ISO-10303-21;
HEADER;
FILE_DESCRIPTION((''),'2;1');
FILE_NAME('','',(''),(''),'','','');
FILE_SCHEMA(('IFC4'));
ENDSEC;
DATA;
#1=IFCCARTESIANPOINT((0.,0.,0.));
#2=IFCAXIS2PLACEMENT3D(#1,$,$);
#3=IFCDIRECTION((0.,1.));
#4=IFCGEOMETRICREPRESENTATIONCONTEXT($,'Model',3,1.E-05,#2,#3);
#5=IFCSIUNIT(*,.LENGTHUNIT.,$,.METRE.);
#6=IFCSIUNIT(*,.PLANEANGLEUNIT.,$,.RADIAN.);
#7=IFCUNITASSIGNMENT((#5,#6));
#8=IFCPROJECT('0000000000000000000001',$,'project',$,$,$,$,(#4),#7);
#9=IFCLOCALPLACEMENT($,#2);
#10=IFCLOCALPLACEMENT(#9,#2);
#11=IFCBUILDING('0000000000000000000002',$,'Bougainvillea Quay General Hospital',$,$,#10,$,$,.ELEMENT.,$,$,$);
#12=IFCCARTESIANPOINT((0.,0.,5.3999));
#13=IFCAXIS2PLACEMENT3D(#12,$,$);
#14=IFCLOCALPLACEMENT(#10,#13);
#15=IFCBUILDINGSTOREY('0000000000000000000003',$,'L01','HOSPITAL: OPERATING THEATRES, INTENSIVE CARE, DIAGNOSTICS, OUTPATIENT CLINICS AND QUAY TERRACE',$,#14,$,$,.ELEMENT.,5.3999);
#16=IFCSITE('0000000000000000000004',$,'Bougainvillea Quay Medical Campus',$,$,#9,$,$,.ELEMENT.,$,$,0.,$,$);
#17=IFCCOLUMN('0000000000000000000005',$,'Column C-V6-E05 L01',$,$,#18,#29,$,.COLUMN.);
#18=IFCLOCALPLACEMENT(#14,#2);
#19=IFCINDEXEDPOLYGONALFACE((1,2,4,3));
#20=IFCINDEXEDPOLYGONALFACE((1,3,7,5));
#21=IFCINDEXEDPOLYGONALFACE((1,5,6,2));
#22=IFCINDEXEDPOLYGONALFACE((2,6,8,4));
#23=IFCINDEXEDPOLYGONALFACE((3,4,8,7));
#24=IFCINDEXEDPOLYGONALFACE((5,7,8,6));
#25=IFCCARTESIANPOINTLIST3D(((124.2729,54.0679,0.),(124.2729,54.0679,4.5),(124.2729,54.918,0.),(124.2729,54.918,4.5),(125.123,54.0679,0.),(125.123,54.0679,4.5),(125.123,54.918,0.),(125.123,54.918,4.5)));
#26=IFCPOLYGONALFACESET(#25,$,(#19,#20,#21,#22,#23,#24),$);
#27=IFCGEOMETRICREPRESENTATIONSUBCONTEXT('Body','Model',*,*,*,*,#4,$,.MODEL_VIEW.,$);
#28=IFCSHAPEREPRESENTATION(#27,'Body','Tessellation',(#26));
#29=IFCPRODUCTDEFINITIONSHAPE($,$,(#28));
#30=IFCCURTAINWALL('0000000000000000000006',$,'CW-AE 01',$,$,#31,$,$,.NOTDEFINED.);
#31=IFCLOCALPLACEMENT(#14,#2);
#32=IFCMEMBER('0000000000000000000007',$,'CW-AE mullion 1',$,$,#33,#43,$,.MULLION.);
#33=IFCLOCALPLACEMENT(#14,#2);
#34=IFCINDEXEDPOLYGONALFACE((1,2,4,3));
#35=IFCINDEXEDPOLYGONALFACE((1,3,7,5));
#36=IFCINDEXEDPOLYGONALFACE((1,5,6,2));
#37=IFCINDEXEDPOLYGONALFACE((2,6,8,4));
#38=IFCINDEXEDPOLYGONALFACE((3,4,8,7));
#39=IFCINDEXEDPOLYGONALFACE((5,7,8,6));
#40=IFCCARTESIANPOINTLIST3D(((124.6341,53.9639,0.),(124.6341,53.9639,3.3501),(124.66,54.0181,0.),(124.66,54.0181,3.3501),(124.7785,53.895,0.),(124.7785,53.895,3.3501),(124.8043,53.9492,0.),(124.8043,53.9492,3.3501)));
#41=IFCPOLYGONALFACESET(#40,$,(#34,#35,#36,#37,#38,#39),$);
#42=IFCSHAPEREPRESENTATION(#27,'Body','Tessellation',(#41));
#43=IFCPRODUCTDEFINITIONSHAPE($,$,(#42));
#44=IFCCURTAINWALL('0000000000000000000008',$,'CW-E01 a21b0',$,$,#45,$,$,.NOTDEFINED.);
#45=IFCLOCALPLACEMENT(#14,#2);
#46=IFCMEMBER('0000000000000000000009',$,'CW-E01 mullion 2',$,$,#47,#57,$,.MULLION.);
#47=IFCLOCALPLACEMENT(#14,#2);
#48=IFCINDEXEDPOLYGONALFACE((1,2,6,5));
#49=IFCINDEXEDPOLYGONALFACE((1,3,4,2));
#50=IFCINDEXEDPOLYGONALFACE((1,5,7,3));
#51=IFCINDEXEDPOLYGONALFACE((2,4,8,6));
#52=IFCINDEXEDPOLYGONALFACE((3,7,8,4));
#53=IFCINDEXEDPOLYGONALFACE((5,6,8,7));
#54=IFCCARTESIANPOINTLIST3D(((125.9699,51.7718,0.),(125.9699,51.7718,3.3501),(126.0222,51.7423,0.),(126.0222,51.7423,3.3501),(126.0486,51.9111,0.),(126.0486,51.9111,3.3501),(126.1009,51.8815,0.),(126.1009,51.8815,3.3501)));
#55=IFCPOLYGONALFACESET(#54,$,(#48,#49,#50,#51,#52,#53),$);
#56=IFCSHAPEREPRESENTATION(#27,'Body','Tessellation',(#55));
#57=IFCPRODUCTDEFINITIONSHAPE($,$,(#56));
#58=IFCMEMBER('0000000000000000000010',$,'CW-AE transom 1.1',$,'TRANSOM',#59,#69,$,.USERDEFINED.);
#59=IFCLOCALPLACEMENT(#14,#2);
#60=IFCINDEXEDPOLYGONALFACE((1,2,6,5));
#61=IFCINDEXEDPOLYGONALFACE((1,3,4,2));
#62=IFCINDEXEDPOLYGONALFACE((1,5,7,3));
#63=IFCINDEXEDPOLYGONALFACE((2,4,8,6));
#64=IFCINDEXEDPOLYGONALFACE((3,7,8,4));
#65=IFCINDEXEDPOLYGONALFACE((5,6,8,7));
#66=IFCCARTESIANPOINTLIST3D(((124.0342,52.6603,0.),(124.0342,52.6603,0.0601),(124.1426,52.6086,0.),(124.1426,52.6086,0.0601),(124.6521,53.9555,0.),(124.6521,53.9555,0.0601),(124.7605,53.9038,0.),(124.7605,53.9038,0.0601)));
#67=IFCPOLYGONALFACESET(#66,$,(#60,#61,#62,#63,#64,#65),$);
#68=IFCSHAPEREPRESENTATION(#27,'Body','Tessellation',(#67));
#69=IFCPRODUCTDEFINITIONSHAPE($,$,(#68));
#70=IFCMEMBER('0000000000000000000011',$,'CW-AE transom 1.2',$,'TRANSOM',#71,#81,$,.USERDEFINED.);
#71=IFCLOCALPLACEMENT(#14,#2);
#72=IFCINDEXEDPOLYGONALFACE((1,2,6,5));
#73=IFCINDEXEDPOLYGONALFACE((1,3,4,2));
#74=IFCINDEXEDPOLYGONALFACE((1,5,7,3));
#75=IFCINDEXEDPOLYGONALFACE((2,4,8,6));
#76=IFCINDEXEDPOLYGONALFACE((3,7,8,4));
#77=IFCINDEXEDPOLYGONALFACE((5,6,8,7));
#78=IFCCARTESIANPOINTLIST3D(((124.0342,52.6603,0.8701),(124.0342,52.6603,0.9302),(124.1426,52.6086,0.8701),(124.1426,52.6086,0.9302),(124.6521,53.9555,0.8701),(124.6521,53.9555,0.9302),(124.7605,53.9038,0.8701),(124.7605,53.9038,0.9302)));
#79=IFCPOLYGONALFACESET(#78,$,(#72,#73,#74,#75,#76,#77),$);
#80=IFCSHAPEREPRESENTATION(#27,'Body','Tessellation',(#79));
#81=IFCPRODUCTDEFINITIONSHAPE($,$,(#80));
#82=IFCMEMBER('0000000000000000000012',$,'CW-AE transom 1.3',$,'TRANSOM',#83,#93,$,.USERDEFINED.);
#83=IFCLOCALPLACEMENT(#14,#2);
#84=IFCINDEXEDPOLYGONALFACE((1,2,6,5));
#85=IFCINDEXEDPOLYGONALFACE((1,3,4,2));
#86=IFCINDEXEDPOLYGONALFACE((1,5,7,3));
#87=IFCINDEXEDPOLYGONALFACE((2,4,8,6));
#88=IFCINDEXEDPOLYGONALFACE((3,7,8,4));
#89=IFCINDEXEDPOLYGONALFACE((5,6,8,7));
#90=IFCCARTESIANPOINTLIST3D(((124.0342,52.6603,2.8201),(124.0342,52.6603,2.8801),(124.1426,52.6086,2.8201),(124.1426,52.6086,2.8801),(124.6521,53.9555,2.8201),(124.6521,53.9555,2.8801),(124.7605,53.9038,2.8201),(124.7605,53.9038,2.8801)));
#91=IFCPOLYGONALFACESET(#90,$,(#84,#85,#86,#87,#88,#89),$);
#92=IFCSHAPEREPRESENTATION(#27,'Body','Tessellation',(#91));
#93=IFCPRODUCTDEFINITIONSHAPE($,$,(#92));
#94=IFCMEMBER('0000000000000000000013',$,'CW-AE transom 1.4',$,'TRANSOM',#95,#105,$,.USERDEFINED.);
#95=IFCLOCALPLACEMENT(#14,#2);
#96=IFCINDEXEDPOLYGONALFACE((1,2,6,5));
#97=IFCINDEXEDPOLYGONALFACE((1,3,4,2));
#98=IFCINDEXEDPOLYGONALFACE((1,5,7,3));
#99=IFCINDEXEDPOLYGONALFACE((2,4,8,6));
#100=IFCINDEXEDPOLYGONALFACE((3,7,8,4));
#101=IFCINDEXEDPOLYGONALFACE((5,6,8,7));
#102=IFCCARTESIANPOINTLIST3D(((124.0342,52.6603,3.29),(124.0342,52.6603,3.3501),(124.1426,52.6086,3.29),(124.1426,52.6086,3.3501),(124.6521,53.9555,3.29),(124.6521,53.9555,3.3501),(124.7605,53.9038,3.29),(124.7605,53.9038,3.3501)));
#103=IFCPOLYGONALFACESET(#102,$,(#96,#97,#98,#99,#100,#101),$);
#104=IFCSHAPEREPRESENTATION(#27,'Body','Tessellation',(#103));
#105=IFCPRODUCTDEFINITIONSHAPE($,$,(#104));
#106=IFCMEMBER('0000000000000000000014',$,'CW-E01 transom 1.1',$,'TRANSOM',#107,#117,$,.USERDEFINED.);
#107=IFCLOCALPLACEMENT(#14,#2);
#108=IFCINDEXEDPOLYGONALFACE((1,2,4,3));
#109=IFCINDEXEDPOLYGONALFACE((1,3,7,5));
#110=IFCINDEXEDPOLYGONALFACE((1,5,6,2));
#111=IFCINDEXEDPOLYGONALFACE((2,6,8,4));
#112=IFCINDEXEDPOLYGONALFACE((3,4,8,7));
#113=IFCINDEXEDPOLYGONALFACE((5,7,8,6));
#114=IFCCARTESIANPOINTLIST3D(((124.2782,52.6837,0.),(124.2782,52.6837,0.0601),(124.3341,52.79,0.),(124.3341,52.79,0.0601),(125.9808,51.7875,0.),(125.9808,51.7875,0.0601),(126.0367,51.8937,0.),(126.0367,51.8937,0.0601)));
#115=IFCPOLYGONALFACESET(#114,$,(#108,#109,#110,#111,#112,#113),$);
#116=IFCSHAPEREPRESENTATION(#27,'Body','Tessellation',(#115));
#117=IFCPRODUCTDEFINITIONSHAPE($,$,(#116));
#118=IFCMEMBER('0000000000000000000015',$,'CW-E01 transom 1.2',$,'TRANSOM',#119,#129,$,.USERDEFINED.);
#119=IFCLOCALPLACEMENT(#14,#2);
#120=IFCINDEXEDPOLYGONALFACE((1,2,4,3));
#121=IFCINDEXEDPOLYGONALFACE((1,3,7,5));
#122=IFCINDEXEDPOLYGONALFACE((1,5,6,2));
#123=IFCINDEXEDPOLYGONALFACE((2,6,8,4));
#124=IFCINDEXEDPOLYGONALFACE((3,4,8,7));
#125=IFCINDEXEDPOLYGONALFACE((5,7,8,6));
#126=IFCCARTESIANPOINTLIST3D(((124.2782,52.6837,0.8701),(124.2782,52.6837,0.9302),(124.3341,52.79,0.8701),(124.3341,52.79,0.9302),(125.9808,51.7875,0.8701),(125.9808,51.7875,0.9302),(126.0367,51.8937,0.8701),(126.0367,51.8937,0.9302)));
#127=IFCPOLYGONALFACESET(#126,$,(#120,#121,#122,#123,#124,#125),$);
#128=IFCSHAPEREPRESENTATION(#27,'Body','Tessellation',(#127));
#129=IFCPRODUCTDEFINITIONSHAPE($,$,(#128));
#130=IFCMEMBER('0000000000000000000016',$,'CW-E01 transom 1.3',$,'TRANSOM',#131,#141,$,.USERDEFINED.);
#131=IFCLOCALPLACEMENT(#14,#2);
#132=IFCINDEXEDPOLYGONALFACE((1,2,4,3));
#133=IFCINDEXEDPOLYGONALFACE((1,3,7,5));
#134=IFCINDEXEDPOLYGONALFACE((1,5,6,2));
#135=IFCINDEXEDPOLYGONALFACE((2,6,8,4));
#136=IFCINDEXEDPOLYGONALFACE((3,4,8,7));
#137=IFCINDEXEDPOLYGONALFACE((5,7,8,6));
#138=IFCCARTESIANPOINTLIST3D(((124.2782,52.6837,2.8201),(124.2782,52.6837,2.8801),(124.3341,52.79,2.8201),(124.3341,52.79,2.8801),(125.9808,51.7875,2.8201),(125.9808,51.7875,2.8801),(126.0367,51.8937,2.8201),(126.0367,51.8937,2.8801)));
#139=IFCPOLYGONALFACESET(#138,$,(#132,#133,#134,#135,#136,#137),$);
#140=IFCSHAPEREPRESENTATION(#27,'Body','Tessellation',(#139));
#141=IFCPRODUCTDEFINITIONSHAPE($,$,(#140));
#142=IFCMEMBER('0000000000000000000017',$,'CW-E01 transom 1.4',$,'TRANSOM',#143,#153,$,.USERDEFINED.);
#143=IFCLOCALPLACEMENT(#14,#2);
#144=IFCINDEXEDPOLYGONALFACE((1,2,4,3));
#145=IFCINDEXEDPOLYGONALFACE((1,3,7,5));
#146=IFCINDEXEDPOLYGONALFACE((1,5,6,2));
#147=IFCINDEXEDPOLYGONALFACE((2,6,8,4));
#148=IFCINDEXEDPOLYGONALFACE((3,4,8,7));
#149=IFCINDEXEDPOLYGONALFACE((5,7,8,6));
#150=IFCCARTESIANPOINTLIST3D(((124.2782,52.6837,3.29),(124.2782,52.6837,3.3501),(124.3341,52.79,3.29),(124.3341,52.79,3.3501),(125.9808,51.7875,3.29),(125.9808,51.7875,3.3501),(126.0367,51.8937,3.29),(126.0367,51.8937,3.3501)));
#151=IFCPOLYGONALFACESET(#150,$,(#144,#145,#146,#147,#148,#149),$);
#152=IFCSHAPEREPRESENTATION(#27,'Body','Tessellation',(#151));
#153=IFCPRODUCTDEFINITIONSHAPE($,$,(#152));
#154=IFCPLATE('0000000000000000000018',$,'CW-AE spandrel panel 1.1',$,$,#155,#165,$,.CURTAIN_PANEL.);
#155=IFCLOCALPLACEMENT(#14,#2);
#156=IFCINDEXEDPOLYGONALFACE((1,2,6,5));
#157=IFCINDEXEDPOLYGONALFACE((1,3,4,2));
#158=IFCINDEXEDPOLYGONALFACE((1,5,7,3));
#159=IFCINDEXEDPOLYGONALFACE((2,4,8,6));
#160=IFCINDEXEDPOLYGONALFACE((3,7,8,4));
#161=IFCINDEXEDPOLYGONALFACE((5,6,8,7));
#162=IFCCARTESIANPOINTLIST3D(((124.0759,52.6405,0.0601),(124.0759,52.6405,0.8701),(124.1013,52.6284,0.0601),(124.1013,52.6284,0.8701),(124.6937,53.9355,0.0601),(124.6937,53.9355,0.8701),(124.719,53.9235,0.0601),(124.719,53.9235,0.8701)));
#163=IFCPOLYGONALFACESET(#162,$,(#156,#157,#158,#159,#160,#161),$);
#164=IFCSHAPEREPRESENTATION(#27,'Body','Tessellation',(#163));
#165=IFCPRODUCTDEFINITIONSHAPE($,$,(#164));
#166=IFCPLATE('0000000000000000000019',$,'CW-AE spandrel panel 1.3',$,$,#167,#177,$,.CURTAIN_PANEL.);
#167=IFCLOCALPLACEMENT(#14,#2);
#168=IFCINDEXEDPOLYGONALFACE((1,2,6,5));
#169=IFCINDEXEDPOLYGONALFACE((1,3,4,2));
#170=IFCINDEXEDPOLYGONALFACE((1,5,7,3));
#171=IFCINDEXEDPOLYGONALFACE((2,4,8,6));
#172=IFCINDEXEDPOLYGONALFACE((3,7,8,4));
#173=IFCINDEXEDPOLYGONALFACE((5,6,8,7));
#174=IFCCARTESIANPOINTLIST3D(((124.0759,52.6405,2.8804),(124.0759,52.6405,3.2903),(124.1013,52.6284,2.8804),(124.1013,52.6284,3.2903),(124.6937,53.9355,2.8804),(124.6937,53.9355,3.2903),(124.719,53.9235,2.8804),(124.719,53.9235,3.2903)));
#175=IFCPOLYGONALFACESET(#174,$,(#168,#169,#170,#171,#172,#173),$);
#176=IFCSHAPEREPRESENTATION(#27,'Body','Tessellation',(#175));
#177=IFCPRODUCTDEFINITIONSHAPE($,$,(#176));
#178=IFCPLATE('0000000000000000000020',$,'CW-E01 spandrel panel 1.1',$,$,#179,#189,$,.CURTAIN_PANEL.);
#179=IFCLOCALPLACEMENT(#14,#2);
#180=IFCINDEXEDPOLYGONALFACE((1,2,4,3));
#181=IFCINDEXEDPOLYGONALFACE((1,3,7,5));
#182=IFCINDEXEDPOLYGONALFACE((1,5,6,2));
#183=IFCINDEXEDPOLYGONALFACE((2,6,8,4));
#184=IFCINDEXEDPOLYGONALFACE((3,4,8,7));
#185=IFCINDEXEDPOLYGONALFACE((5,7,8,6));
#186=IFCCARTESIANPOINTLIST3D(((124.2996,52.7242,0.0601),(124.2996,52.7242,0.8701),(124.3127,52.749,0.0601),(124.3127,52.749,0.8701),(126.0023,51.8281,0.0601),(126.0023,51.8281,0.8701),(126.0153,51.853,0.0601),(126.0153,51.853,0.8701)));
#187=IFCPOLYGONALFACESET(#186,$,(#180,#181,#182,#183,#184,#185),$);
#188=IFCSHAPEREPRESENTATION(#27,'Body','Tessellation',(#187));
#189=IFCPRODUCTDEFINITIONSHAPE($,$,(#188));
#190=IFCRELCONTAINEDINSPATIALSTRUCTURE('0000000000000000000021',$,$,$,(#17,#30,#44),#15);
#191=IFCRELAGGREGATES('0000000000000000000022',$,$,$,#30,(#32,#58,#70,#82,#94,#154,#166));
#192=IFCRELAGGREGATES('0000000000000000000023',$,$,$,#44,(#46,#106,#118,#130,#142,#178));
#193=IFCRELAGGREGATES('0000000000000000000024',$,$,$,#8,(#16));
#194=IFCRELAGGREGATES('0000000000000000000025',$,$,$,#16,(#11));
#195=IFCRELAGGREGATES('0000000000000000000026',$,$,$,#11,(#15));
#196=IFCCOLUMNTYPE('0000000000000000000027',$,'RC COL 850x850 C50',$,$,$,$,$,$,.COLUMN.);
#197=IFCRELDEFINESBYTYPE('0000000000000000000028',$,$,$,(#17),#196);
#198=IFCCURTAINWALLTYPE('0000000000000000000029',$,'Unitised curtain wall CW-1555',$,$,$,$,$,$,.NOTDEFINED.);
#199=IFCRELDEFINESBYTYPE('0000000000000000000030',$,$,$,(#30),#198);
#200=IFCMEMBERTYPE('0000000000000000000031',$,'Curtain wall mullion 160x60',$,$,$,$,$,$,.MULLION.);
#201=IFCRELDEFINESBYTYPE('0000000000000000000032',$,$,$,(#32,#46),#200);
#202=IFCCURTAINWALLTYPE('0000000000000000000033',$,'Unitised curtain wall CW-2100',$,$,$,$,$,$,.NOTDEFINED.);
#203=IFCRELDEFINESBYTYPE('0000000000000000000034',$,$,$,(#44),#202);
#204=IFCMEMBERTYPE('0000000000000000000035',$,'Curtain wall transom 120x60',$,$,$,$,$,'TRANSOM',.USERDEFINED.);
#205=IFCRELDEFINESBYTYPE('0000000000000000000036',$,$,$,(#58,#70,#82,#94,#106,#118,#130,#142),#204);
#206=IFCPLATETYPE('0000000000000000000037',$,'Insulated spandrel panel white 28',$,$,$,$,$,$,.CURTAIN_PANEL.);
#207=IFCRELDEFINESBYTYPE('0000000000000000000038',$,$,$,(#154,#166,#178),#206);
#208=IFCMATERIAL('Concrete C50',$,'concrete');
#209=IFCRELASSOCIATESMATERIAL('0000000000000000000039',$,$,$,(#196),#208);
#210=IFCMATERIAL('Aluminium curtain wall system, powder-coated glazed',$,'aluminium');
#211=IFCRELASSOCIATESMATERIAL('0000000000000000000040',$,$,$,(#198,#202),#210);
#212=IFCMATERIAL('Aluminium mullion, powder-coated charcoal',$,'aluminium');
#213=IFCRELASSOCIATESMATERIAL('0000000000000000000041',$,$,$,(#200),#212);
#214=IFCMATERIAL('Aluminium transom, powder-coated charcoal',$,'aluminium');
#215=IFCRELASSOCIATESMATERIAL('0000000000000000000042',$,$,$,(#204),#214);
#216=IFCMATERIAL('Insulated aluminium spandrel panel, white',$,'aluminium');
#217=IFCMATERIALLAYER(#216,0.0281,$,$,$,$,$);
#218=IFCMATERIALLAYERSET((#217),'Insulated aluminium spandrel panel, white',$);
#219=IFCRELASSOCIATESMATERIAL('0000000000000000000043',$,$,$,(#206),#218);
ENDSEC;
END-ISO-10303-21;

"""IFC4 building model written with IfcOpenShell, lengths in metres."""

from ifc_helpers import new_model, si_unit, direction, frame, origin, origin_2d, place, context, subcontext, project, spatial, rectangle, extrude, material, layer, layer_set, material_profile, profile_set, type_object, element, aggregate, save


model = new_model("IFC4")

# Units and contexts
model_context = context("Model", 3, precision=1e-05, world=origin(), true_north=direction((0.0, 1.0)))
body_context = subcontext(model_context, "Body", "Model", "MODEL_VIEW")
ifc_project = project(units=[si_unit("LENGTHUNIT", "METRE"), si_unit("PLANEANGLEUNIT", "RADIAN")], contexts=[model_context])

# Site, building, storey
site_placement = place(None, origin())
site = spatial("IfcSite", under=ifc_project, at=site_placement, Name="Bougainvillea Quay Medical Campus", CompositionType="ELEMENT", RefElevation=0.0)
building_placement = place(site_placement, origin())
building = spatial("IfcBuilding", under=site, at=building_placement, Name="Bougainvillea Quay General Hospital", CompositionType="ELEMENT")
storey_placement = place(building_placement, frame((0.0, 0.0, 5.3999)))
storey = spatial("IfcBuildingStorey", under=building, at=storey_placement, Name="L01", Description="HOSPITAL: OPERATING THEATRES, INTENSIVE CARE, DIAGNOSTICS, OUTPATIENT CLINICS AND QUAY TERRACE", CompositionType="ELEMENT", Elevation=5.3999)

# Column
ifc_material_1 = material(Name="Concrete C50", Category="concrete")
ifc_material_profile_1 = material_profile(ifc_material_1, rectangle(XDim=0.8501, YDim=0.8501, at=origin_2d()))
ifc_profile_set_1 = profile_set([ifc_material_profile_1], Name="Concrete C50")
column_type = type_object("IfcColumnType", Name="RC COL 850x850 C50", PredefinedType="COLUMN", material=ifc_profile_set_1)
column_placement = place(storey_placement, frame((124.698, 54.4929, 0.0), z_axis=(0.0, 0.0, 1.0), x_axis=(1.0, 0.0, 0.0)))
element("IfcColumn", 1, at=column_placement, inside=storey, type_object=column_type, Name="Column C-V6-E05 L01", PredefinedType="COLUMN", context=body_context, shape_type="SweptSolid", body=[
    extrude(rectangle(XDim=0.8501, YDim=0.8501, at=origin_2d()), origin(), (0.0, 0.0, 1.0), 4.5),
])

# Curtain walls, members
ifc_material_2 = material(Name="Aluminium curtain wall system, powder-coated glazed", Category="aluminium")
curtain_wall_type_1 = type_object("IfcCurtainWallType", Name="Unitised curtain wall CW-1555", PredefinedType="NOTDEFINED", material=ifc_material_2)
curtain_wall_1_placement = place(storey_placement, origin())
curtain_wall_1 = element("IfcCurtainWall", 2, at=curtain_wall_1_placement, inside=storey, type_object=curtain_wall_type_1, Name="CW-AE 01", PredefinedType="NOTDEFINED")
ifc_material_3 = material(Name="Aluminium mullion, powder-coated charcoal", Category="aluminium")
ifc_material_profile_2 = material_profile(ifc_material_3, rectangle(XDim=0.1599, YDim=0.0601, at=origin_2d()))
ifc_profile_set_2 = profile_set([ifc_material_profile_2], Name="Aluminium mullion, powder-coated charcoal")
member_type_1 = type_object("IfcMemberType", Name="Curtain wall mullion 160x60", PredefinedType="MULLION", material=ifc_profile_set_2)
member_1_placement = place(storey_placement, frame((124.7192, 53.9565, 0.0), z_axis=(0.0, 0.0, 1.0), x_axis=(0.902576, -0.43053, 0.0)))
member_1 = element("IfcMember", 3, at=member_1_placement, type_object=member_type_1, Name="CW-AE mullion 1", PredefinedType="MULLION", context=body_context, shape_type="SweptSolid", body=[
    extrude(rectangle(XDim=0.1599, YDim=0.0601, at=origin_2d()), origin(), (0.0, 0.0, 1.0), 3.3501),
])
curtain_wall_type_2 = type_object("IfcCurtainWallType", Name="Unitised curtain wall CW-2100", PredefinedType="NOTDEFINED", material=ifc_material_2)
curtain_wall_2_placement = place(storey_placement, origin())
curtain_wall_2 = element("IfcCurtainWall", 4, at=curtain_wall_2_placement, inside=storey, type_object=curtain_wall_type_2, Name="CW-E01 a21b0", PredefinedType="NOTDEFINED")
member_2_placement = place(storey_placement, frame((126.0354, 51.8267, 0.0), z_axis=(0.0, 0.0, 1.0), x_axis=(0.491545, 0.870852, 0.0)))
member_2 = element("IfcMember", 5, at=member_2_placement, type_object=member_type_1, Name="CW-E01 mullion 2", PredefinedType="MULLION", context=body_context, shape_type="SweptSolid", body=[
    extrude(rectangle(XDim=0.1599, YDim=0.0601, at=origin_2d()), origin(), (0.0, 0.0, 1.0), 3.3501),
])

# Members
ifc_material_4 = material(Name="Aluminium transom, powder-coated charcoal", Category="aluminium")
ifc_material_profile_3 = material_profile(ifc_material_4, rectangle(XDim=0.1201, YDim=0.0601, at=origin_2d()))
ifc_profile_set_3 = profile_set([ifc_material_profile_3], Name="Aluminium transom, powder-coated charcoal")
member_type_2 = type_object("IfcMemberType", Name="Curtain wall transom 120x60", ElementType="TRANSOM", PredefinedType="USERDEFINED", material=ifc_profile_set_3)
member_3_placement = place(storey_placement, frame((124.7063, 53.9297, 0.03), z_axis=(-0.4306, -0.902543, 0.0), x_axis=(0.902543, -0.4306, 0.0)))
member_3 = element("IfcMember", 6, at=member_3_placement, type_object=member_type_2, Name="CW-AE transom 1.1", ObjectType="TRANSOM", PredefinedType="USERDEFINED", context=body_context, shape_type="SweptSolid", body=[
    extrude(rectangle(XDim=0.1201, YDim=0.0601, at=origin_2d()), origin(), (0.0, 0.0, 1.0), 1.4351),
])
member_4_placement = place(storey_placement, frame((124.7063, 53.9297, 0.9001), z_axis=(-0.4306, -0.902543, 0.0), x_axis=(0.902543, -0.4306, 0.0)))
member_4 = element("IfcMember", 7, at=member_4_placement, type_object=member_type_2, Name="CW-AE transom 1.2", ObjectType="TRANSOM", PredefinedType="USERDEFINED", context=body_context, shape_type="SweptSolid", body=[
    extrude(rectangle(XDim=0.1201, YDim=0.0601, at=origin_2d()), origin(), (0.0, 0.0, 1.0), 1.4351),
])
member_5_placement = place(storey_placement, frame((124.7063, 53.9297, 2.8501), z_axis=(-0.4306, -0.902543, 0.0), x_axis=(0.902543, -0.4306, 0.0)))
member_5 = element("IfcMember", 8, at=member_5_placement, type_object=member_type_2, Name="CW-AE transom 1.3", ObjectType="TRANSOM", PredefinedType="USERDEFINED", context=body_context, shape_type="SweptSolid", body=[
    extrude(rectangle(XDim=0.1201, YDim=0.0601, at=origin_2d()), origin(), (0.0, 0.0, 1.0), 1.4351),
])
member_6_placement = place(storey_placement, frame((124.7063, 53.9297, 3.3201), z_axis=(-0.4306, -0.902543, 0.0), x_axis=(0.902543, -0.4306, 0.0)))
member_6 = element("IfcMember", 9, at=member_6_placement, type_object=member_type_2, Name="CW-AE transom 1.4", ObjectType="TRANSOM", PredefinedType="USERDEFINED", context=body_context, shape_type="SweptSolid", body=[
    extrude(rectangle(XDim=0.1201, YDim=0.0601, at=origin_2d()), origin(), (0.0, 0.0, 1.0), 1.4351),
])
member_7_placement = place(storey_placement, frame((124.3062, 52.7368, 0.03), z_axis=(0.884893, -0.465793, 0.0), x_axis=(0.465793, 0.884893, 0.0)))
member_7 = element("IfcMember", 10, at=member_7_placement, type_object=member_type_2, Name="CW-E01 transom 1.1", ObjectType="TRANSOM", PredefinedType="USERDEFINED", context=body_context, shape_type="SweptSolid", body=[
    extrude(rectangle(XDim=0.1201, YDim=0.0601, at=origin_2d()), origin(), (0.0, 0.0, 1.0), 1.9241),
])
member_8_placement = place(storey_placement, frame((124.3062, 52.7368, 0.9001), z_axis=(0.884893, -0.465793, 0.0), x_axis=(0.465793, 0.884893, 0.0)))
member_8 = element("IfcMember", 11, at=member_8_placement, type_object=member_type_2, Name="CW-E01 transom 1.2", ObjectType="TRANSOM", PredefinedType="USERDEFINED", context=body_context, shape_type="SweptSolid", body=[
    extrude(rectangle(XDim=0.1201, YDim=0.0601, at=origin_2d()), origin(), (0.0, 0.0, 1.0), 1.9241),
])
member_9_placement = place(storey_placement, frame((124.3062, 52.7368, 2.8501), z_axis=(0.884893, -0.465793, 0.0), x_axis=(0.465793, 0.884893, 0.0)))
member_9 = element("IfcMember", 12, at=member_9_placement, type_object=member_type_2, Name="CW-E01 transom 1.3", ObjectType="TRANSOM", PredefinedType="USERDEFINED", context=body_context, shape_type="SweptSolid", body=[
    extrude(rectangle(XDim=0.1201, YDim=0.0601, at=origin_2d()), origin(), (0.0, 0.0, 1.0), 1.9241),
])
member_10_placement = place(storey_placement, frame((124.3062, 52.7368, 3.3201), z_axis=(0.884893, -0.465793, 0.0), x_axis=(0.465793, 0.884893, 0.0)))
member_10 = element("IfcMember", 13, at=member_10_placement, type_object=member_type_2, Name="CW-E01 transom 1.4", ObjectType="TRANSOM", PredefinedType="USERDEFINED", context=body_context, shape_type="SweptSolid", body=[
    extrude(rectangle(XDim=0.1201, YDim=0.0601, at=origin_2d()), origin(), (0.0, 0.0, 1.0), 1.9241),
])

# Plates
ifc_material_5 = material(Name="Insulated aluminium spandrel panel, white", Category="aluminium")
ifc_layer_1 = layer(ifc_material_5, 0.0281)
ifc_layer_set_1 = layer_set([ifc_layer_1], Name="Insulated aluminium spandrel panel, white")
plate_type_1 = type_object("IfcPlateType", Name="Insulated spandrel panel white 28", PredefinedType="CURTAIN_PANEL", material=ifc_layer_set_1)
plate_1_placement = place(storey_placement, frame((124.3975, 53.282, 0.0601), z_axis=(0.0, 0.0, 1.0), x_axis=(-0.43053, -0.902576, 0.0)))
plate_1 = element("IfcPlate", 14, at=plate_1_placement, type_object=plate_type_1, Name="CW-AE spandrel panel 1.1", PredefinedType="CURTAIN_PANEL", context=body_context, shape_type="SweptSolid", body=[
    extrude(rectangle(XDim=1.4348, YDim=0.0281, at=origin_2d()), origin(), (0.0, 0.0, 1.0), 0.8101),
])
plate_2_placement = place(storey_placement, frame((124.3975, 53.282, 2.8804), z_axis=(0.0, 0.0, 1.0), x_axis=(-0.43053, -0.902576, 0.0)))
plate_2 = element("IfcPlate", 15, at=plate_2_placement, type_object=plate_type_1, Name="CW-AE spandrel panel 1.3", PredefinedType="CURTAIN_PANEL", context=body_context, shape_type="SweptSolid", body=[
    extrude(rectangle(XDim=1.4348, YDim=0.0281, at=origin_2d()), origin(), (0.0, 0.0, 1.0), 0.4099),
])
plate_3_placement = place(storey_placement, frame((125.1575, 52.2886, 0.0601), z_axis=(0.0, 0.0, 1.0), x_axis=(0.884929, -0.465726, 0.0)))
plate_3 = element("IfcPlate", 16, at=plate_3_placement, type_object=plate_type_1, Name="CW-E01 spandrel panel 1.1", PredefinedType="CURTAIN_PANEL", context=body_context, shape_type="SweptSolid", body=[
    extrude(rectangle(XDim=1.9241, YDim=0.0281, at=origin_2d()), origin(), (0.0, 0.0, 1.0), 0.8101),
])
aggregate(curtain_wall_1, [member_1, member_3, member_4, member_5, member_6, plate_1, plate_2])
aggregate(curtain_wall_2, [member_2, member_7, member_8, member_9, member_10, plate_3])

save(model, "model.ifc")
